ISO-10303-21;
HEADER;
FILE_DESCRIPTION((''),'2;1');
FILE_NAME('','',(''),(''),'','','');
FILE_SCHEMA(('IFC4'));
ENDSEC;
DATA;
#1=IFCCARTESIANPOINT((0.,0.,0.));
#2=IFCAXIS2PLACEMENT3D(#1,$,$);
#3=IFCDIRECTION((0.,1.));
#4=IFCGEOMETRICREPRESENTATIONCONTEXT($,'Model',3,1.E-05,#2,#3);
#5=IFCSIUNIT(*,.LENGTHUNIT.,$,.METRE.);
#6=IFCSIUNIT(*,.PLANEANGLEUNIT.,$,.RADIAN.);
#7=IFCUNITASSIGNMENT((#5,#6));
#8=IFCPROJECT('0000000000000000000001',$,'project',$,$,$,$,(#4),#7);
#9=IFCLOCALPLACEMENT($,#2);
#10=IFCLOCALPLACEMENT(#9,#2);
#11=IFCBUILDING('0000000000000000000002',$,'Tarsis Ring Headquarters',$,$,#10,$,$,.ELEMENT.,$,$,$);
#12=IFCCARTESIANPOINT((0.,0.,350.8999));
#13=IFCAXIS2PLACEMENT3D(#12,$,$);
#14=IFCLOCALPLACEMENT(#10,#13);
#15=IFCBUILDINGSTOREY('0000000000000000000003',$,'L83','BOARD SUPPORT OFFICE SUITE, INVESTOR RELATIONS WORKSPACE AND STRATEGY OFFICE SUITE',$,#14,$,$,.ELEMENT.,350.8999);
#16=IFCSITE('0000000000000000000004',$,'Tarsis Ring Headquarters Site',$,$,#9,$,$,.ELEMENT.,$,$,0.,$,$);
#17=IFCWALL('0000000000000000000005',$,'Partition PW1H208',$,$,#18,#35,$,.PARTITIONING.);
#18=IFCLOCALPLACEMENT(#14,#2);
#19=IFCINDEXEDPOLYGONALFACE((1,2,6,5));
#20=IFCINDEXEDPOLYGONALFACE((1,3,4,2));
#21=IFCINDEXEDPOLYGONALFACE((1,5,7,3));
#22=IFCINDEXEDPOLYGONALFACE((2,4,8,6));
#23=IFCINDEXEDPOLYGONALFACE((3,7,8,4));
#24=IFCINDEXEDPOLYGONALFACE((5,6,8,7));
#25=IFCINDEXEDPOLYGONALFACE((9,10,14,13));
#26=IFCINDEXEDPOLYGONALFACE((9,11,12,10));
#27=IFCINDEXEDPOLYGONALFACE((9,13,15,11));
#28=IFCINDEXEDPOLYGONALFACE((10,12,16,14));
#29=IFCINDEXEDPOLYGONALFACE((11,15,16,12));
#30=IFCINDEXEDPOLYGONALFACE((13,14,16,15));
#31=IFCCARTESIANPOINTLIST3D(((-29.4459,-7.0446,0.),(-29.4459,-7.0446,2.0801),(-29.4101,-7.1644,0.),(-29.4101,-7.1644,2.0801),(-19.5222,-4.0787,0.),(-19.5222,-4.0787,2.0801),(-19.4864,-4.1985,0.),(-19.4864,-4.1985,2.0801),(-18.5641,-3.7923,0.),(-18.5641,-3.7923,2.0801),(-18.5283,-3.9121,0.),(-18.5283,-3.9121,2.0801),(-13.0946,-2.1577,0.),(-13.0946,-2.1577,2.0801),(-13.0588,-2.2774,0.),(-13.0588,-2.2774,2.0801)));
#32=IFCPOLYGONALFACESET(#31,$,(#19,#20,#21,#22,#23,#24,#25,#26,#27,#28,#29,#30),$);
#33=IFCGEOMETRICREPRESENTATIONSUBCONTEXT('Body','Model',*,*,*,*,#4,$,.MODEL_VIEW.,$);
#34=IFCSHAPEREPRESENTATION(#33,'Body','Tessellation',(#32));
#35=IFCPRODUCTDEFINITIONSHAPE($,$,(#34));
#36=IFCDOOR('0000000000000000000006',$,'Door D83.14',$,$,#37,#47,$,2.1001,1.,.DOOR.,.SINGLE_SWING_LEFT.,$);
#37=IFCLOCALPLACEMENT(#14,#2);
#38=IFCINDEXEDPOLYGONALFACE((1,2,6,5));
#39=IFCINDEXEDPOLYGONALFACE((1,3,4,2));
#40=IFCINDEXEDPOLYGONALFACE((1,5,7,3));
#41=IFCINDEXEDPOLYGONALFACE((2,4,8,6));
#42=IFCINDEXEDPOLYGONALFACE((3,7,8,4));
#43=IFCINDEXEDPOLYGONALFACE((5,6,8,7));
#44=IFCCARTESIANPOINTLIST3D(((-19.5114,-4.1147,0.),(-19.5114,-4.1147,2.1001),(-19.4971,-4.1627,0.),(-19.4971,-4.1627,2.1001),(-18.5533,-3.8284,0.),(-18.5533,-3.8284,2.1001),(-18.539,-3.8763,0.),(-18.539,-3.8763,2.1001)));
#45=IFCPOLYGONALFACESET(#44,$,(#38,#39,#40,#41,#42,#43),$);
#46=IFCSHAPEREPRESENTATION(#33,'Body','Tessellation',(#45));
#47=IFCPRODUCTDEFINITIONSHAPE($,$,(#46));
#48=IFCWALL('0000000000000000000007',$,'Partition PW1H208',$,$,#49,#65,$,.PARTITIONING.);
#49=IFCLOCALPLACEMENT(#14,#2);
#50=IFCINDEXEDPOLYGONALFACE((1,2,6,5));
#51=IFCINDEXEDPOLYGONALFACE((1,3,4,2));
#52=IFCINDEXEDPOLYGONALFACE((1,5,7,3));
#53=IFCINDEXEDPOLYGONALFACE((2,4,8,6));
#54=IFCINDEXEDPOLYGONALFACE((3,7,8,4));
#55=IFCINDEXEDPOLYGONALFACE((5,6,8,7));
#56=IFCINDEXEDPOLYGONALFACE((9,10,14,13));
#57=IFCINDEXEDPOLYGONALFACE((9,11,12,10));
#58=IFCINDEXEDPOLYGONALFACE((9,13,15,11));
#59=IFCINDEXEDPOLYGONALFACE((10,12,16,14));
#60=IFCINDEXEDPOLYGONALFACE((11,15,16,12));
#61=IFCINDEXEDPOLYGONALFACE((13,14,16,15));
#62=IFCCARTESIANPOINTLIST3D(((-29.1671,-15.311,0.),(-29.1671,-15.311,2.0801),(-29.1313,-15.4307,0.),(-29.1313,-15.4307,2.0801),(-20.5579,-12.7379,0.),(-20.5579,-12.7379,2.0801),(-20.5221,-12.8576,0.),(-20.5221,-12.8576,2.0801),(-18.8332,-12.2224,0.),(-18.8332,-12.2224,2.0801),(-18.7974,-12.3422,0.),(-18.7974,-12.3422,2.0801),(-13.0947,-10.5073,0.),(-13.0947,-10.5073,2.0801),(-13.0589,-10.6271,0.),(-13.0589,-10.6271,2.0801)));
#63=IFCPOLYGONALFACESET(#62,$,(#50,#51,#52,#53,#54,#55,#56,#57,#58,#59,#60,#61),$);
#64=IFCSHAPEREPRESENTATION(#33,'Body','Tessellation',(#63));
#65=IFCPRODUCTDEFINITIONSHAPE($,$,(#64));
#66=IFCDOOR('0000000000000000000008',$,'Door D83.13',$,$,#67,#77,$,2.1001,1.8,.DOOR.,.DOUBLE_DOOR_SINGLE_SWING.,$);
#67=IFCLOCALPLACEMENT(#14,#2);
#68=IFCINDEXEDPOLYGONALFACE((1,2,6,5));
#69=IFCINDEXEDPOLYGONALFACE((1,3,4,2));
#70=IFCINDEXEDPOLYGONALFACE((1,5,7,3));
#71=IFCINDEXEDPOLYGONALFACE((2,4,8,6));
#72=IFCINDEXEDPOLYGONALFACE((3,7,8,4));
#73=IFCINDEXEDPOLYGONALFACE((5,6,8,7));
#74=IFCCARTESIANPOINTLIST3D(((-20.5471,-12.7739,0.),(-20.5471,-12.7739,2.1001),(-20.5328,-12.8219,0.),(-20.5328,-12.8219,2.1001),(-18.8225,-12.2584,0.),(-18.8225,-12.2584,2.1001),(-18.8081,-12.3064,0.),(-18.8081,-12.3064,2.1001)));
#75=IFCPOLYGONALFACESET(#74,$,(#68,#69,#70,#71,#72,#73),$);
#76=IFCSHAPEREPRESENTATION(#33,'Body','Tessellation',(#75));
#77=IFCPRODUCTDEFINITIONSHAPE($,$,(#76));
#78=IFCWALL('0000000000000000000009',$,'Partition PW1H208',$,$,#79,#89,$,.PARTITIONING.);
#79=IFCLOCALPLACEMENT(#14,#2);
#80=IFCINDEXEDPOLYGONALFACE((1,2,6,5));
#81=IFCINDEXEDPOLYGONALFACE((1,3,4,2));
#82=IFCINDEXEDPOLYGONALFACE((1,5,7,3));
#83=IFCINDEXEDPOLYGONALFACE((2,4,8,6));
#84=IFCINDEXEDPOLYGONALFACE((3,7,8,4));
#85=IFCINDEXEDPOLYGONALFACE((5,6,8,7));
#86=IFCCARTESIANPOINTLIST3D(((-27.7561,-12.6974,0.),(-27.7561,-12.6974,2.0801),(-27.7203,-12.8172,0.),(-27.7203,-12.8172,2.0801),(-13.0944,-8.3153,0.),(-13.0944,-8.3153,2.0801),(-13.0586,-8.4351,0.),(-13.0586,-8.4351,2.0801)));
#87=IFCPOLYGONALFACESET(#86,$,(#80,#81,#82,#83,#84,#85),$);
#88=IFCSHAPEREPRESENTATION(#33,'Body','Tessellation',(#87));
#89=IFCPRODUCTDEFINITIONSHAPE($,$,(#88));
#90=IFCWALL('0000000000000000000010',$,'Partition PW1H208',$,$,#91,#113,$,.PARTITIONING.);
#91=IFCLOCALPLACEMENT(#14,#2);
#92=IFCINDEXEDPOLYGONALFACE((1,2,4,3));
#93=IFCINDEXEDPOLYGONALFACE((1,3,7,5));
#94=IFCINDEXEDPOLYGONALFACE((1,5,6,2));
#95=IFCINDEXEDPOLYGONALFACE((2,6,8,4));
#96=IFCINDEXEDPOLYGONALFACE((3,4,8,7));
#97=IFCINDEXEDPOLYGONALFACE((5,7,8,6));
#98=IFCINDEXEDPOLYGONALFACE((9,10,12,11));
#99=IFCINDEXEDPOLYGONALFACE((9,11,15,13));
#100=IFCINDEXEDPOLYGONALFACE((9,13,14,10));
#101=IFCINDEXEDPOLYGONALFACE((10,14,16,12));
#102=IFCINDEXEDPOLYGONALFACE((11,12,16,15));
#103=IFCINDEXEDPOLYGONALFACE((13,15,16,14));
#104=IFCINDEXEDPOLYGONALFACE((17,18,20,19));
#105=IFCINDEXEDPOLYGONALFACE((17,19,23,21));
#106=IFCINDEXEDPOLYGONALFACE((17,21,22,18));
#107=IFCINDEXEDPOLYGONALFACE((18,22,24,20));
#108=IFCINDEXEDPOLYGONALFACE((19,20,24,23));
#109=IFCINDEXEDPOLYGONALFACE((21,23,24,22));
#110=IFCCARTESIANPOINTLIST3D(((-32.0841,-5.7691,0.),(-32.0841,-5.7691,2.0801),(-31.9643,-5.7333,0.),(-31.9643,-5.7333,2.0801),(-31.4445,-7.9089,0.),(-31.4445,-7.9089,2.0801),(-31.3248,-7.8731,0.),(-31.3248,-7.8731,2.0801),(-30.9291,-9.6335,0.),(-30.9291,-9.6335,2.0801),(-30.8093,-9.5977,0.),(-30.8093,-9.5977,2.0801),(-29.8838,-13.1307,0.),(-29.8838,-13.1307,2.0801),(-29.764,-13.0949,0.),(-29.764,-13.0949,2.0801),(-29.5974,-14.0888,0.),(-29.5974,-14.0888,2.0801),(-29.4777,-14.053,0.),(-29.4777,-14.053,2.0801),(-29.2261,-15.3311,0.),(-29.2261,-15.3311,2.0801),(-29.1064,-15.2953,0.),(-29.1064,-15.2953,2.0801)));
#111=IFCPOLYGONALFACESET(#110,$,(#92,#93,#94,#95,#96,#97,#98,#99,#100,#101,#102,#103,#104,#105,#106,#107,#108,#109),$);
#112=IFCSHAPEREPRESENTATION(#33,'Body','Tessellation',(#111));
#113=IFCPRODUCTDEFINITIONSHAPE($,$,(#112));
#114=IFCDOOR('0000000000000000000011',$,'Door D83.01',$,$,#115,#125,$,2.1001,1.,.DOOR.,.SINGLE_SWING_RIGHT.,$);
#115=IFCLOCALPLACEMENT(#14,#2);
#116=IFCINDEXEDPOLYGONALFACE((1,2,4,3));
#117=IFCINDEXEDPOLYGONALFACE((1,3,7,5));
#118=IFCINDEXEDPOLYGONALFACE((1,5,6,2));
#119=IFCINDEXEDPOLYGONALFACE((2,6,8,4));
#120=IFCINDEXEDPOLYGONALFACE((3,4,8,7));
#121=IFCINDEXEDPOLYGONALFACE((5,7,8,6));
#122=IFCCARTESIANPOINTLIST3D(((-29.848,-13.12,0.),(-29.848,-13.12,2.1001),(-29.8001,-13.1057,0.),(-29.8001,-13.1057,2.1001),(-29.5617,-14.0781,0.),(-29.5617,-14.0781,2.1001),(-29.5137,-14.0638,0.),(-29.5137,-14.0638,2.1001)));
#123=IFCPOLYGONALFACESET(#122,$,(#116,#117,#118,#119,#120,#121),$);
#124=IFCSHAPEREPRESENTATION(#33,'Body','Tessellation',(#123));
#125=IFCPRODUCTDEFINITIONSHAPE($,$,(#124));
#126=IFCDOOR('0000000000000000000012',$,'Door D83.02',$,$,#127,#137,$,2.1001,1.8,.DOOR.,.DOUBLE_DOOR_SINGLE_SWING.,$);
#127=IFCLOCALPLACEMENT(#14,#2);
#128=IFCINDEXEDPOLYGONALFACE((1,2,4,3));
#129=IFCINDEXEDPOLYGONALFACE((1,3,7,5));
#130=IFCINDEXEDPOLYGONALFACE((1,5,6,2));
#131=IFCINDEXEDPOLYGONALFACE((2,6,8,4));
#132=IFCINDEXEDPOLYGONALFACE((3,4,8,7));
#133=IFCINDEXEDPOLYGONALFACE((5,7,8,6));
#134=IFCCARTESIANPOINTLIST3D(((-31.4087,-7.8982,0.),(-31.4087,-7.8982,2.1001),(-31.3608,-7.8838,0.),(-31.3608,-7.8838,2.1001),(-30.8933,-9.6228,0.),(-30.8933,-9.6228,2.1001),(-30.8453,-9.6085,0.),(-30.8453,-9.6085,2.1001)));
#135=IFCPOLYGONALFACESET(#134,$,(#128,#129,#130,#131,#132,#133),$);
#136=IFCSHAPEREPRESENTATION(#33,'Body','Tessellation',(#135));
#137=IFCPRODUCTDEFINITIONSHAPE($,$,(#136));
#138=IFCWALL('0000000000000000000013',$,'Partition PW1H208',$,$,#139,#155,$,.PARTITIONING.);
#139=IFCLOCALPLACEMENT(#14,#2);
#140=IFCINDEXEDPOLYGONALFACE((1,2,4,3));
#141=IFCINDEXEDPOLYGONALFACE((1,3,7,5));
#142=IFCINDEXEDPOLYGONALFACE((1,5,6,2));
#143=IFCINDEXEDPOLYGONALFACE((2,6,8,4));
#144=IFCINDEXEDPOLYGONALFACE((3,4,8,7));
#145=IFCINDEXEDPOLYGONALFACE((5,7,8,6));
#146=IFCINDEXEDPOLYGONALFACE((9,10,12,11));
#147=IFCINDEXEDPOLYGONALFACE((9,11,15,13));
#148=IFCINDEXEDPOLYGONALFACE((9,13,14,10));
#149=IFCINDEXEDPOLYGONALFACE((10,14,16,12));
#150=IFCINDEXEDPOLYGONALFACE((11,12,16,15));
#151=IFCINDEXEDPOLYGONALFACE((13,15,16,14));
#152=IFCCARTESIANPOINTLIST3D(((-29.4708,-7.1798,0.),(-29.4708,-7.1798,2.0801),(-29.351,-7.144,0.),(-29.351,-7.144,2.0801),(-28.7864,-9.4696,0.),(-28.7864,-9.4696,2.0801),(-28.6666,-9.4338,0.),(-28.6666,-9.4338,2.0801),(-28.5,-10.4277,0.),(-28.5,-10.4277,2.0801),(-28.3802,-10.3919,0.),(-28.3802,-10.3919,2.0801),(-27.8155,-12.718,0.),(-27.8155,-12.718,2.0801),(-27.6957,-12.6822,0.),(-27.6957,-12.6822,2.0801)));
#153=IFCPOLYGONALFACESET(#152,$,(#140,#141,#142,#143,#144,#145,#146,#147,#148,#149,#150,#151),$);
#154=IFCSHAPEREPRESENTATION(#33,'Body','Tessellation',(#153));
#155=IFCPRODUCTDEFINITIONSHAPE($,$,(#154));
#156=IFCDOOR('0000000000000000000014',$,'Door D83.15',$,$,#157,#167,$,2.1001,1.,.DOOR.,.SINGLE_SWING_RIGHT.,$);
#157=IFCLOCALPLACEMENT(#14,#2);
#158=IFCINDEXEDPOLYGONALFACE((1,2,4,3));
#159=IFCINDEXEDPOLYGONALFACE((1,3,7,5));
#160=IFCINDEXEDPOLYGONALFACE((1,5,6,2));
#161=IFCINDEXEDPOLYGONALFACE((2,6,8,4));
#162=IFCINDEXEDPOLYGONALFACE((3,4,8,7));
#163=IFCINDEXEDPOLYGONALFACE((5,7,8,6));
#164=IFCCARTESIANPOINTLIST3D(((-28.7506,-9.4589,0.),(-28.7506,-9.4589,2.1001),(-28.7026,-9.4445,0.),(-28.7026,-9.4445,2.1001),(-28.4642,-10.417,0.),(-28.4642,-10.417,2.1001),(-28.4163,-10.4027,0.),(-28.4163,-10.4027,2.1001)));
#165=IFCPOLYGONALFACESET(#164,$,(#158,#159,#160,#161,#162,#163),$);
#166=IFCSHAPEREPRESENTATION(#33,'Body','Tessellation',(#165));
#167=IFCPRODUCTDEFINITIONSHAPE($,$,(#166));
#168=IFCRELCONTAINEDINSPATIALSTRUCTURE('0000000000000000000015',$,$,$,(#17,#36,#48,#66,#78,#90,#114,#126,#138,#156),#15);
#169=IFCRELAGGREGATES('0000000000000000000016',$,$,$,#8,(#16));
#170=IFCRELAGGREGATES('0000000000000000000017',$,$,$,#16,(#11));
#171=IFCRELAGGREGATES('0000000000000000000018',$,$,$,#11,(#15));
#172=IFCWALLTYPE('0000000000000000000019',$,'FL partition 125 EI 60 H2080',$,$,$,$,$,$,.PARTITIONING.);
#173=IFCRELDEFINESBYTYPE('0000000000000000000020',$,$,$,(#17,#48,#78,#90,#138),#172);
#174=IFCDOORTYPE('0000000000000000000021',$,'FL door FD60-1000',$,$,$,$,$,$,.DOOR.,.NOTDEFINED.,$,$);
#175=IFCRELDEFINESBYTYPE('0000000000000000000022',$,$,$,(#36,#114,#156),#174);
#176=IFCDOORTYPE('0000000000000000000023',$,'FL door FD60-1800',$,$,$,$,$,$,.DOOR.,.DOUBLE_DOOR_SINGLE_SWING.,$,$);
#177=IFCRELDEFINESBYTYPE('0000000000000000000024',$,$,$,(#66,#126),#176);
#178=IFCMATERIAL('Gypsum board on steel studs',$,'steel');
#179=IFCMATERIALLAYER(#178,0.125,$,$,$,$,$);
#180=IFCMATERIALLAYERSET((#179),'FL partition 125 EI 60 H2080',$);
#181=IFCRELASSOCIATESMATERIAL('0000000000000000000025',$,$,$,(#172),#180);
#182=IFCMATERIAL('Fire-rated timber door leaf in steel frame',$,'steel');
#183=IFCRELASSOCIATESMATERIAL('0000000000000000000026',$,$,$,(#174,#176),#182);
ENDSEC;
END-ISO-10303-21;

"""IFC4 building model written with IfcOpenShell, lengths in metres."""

from ifc_helpers import new_model, si_unit, direction, frame, frame_2d, origin, place, context, subcontext, project, spatial, rectangle, extrude, material, layer, layer_set, type_object, element, fill, save


model = new_model("IFC4")

# Units and contexts
model_context = context("Model", 3, precision=1e-05, world=origin(), true_north=direction((0.0, 1.0)))
body_context = subcontext(model_context, "Body", "Model", "MODEL_VIEW")
ifc_project = project(units=[si_unit("LENGTHUNIT", "METRE"), si_unit("PLANEANGLEUNIT", "RADIAN")], contexts=[model_context])

# Site, building, storey
site_placement = place(None, origin())
site = spatial("IfcSite", under=ifc_project, at=site_placement, Name="Tarsis Ring Headquarters Site", CompositionType="ELEMENT", RefElevation=0.0)
building_placement = place(site_placement, origin())
building = spatial("IfcBuilding", under=site, at=building_placement, Name="Tarsis Ring Headquarters", CompositionType="ELEMENT")
storey_placement = place(building_placement, frame((0.0, 0.0, 350.8999)))
storey = spatial("IfcBuildingStorey", under=building, at=storey_placement, Name="L83", Description="BOARD SUPPORT OFFICE SUITE, INVESTOR RELATIONS WORKSPACE AND STRATEGY OFFICE SUITE", CompositionType="ELEMENT", Elevation=350.8999)

# Shared definitions
ifc_material_1 = material(Name="Gypsum board on steel studs", Category="steel")
ifc_layer_1 = layer(ifc_material_1, 0.125)
ifc_layer_set_1 = layer_set([ifc_layer_1], Name="FL partition 125 EI 60 H2080")
wall_type_1 = type_object("IfcWallType", Name="FL partition 125 EI 60 H2080", PredefinedType="PARTITIONING", material=ifc_layer_set_1)

# Walls, openings, doors
wall_1_placement = place(storey_placement, frame((-29.428, -7.1045, 0.0), z_axis=(0.0, 0.0, 1.0), x_axis=(0.958123, 0.286357, 0.0)))
wall_1 = element("IfcWall", 1, at=wall_1_placement, inside=storey, type_object=wall_type_1, Name="Partition PW1H208", PredefinedType="PARTITIONING", context=body_context, shape_type="SweptSolid", body=[
    extrude(rectangle(XDim=17.0659, YDim=0.125, at=frame_2d((8.533, 0.0))), origin(), (0.0, 0.0, 1.0), 2.0801),
])
opening_1_placement = place(wall_1_placement, frame((10.3574, 0.0, 0.0)))
opening_1 = element("IfcOpeningElement", 2, at=opening_1_placement, cuts=wall_1, PredefinedType="OPENING", context=body_context, shape_type="SweptSolid", body=[
    extrude(rectangle(XDim=1.0, YDim=2.1001, at=frame_2d((0.5, 1.05))), frame((0.0, 0.0725, 0.0), z_axis=(0.0, -1.0, 0.0), x_axis=(1.0, 0.0, 0.0)), (0.0, 0.0, 1.0), 0.145),
])
ifc_material_2 = material(Name="Fire-rated timber door leaf in steel frame", Category="steel")
door_type_1 = type_object("IfcDoorType", Name="FL door FD60-1000", OperationType="NOTDEFINED", PredefinedType="DOOR", material=ifc_material_2)
door_1_placement = place(opening_1_placement, origin())
door_1 = element("IfcDoor", 3, at=door_1_placement, inside=storey, type_object=door_type_1, Name="Door D83.14", OperationType="SINGLE_SWING_LEFT", OverallHeight=2.1001, OverallWidth=1.0, PredefinedType="DOOR", context=body_context, shape_type="SweptSolid", body=[
    extrude(rectangle(XDim=1.0, YDim=2.1001, at=frame_2d((0.5, 1.05))), frame((0.0, 0.0249, 0.0), z_axis=(0.0, -1.0, 0.0), x_axis=(1.0, 0.0, 0.0)), (0.0, 0.0, 1.0), 0.05),
])
fill(opening_1, door_1)
wall_2_placement = place(storey_placement, frame((-29.1492, -15.3708, 0.0), z_axis=(0.0, 0.0, 1.0), x_axis=(0.958122, 0.286361, 0.0)))
wall_2 = element("IfcWall", 4, at=wall_2_placement, inside=storey, type_object=wall_type_1, Name="Partition PW1H208", PredefinedType="PARTITIONING", context=body_context, shape_type="SweptSolid", body=[
    extrude(rectangle(XDim=16.7749, YDim=0.125, at=frame_2d((8.3875, 0.0))), origin(), (0.0, 0.0, 1.0), 2.0801),
])
opening_2_placement = place(wall_2_placement, frame((8.9856, 0.0, 0.0)))
opening_2 = element("IfcOpeningElement", 5, at=opening_2_placement, cuts=wall_2, PredefinedType="OPENING", context=body_context, shape_type="SweptSolid", body=[
    extrude(rectangle(XDim=1.8, YDim=2.1001, at=frame_2d((0.8999, 1.05))), frame((0.0, 0.0725, 0.0), z_axis=(0.0, -1.0, 0.0), x_axis=(1.0, 0.0, 0.0)), (0.0, 0.0, 1.0), 0.145),
])
door_type_2 = type_object("IfcDoorType", Name="FL door FD60-1800", OperationType="DOUBLE_DOOR_SINGLE_SWING", PredefinedType="DOOR", material=ifc_material_2)
door_2_placement = place(opening_2_placement, origin())
door_2 = element("IfcDoor", 6, at=door_2_placement, inside=storey, type_object=door_type_2, Name="Door D83.13", OperationType="DOUBLE_DOOR_SINGLE_SWING", OverallHeight=2.1001, OverallWidth=1.8, PredefinedType="DOOR", context=body_context, shape_type="SweptSolid", body=[
    extrude(rectangle(XDim=1.8, YDim=2.1001, at=frame_2d((0.8999, 1.05))), frame((0.0, 0.0249, 0.0), z_axis=(0.0, -1.0, 0.0), x_axis=(1.0, 0.0, 0.0)), (0.0, 0.0, 1.0), 0.05),
])
fill(opening_2, door_2)

# Wall
wall_3_placement = place(storey_placement, frame((-27.7383, -12.7573, 0.0), z_axis=(0.0, 0.0, 1.0), x_axis=(0.958121, 0.286364, 0.0)))
element("IfcWall", 7, at=wall_3_placement, inside=storey, type_object=wall_type_1, Name="Partition PW1H208", PredefinedType="PARTITIONING", context=body_context, shape_type="SweptSolid", body=[
    extrude(rectangle(XDim=15.3025, YDim=0.125, at=frame_2d((7.6514, 0.0))), origin(), (0.0, 0.0, 1.0), 2.0801),
])

# Wall, openings, doors
wall_4_placement = place(storey_placement, frame((-32.0242, -5.7512, 0.0), z_axis=(0.0, 0.0, 1.0), x_axis=(0.286365, -0.958121, 0.0)))
wall_4 = element("IfcWall", 8, at=wall_4_placement, inside=storey, type_object=wall_type_1, Name="Partition PW1H208", PredefinedType="PARTITIONING", context=body_context, shape_type="SweptSolid", body=[
    extrude(rectangle(XDim=9.98, YDim=0.125, at=frame_2d((4.99, 0.0))), origin(), (0.0, 0.0, 1.0), 2.0801),
])
opening_3_placement = place(wall_4_placement, frame((7.6833, 0.0, 0.0)))
opening_3 = element("IfcOpeningElement", 9, at=opening_3_placement, cuts=wall_4, PredefinedType="OPENING", context=body_context, shape_type="SweptSolid", body=[
    extrude(rectangle(XDim=1.0, YDim=2.1001, at=frame_2d((0.5, 1.05))), frame((0.0, 0.0725, 0.0), z_axis=(0.0, -1.0, 0.0), x_axis=(1.0, 0.0, 0.0)), (0.0, 0.0, 1.0), 0.145),
])
opening_4_placement = place(wall_4_placement, frame((2.2334, 0.0, 0.0)))
opening_4 = element("IfcOpeningElement", 10, at=opening_4_placement, cuts=wall_4, PredefinedType="OPENING", context=body_context, shape_type="SweptSolid", body=[
    extrude(rectangle(XDim=1.8, YDim=2.1001, at=frame_2d((0.8999, 1.05))), frame((0.0, 0.0725, 0.0), z_axis=(0.0, -1.0, 0.0), x_axis=(1.0, 0.0, 0.0)), (0.0, 0.0, 1.0), 0.145),
])
door_3_placement = place(opening_3_placement, origin())
door_3 = element("IfcDoor", 11, at=door_3_placement, inside=storey, type_object=door_type_1, Name="Door D83.01", OperationType="SINGLE_SWING_RIGHT", OverallHeight=2.1001, OverallWidth=1.0, PredefinedType="DOOR", context=body_context, shape_type="SweptSolid", body=[
    extrude(rectangle(XDim=1.0, YDim=2.1001, at=frame_2d((0.5, 1.05))), frame((0.0, 0.0249, 0.0), z_axis=(0.0, -1.0, 0.0), x_axis=(1.0, 0.0, 0.0)), (0.0, 0.0, 1.0), 0.05),
])
fill(opening_3, door_3)
door_4_placement = place(opening_4_placement, origin())
door_4 = element("IfcDoor", 12, at=door_4_placement, inside=storey, type_object=door_type_2, Name="Door D83.02", OperationType="DOUBLE_DOOR_SINGLE_SWING", OverallHeight=2.1001, OverallWidth=1.8, PredefinedType="DOOR", context=body_context, shape_type="SweptSolid", body=[
    extrude(rectangle(XDim=1.8, YDim=2.1001, at=frame_2d((0.8999, 1.05))), frame((0.0, 0.0249, 0.0), z_axis=(0.0, -1.0, 0.0), x_axis=(1.0, 0.0, 0.0)), (0.0, 0.0, 1.0), 0.05),
])
fill(opening_4, door_4)

# Wall, opening, door
wall_5_placement = place(storey_placement, frame((-29.4109, -7.1619, 0.0), z_axis=(0.0, 0.0, 1.0), x_axis=(0.286371, -0.958119, 0.0)))
wall_5 = element("IfcWall", 13, at=wall_5_placement, inside=storey, type_object=wall_type_1, Name="Partition PW1H208", PredefinedType="PARTITIONING", context=body_context, shape_type="SweptSolid", body=[
    extrude(rectangle(XDim=5.7803, YDim=0.125, at=frame_2d((2.8901, 0.0))), origin(), (0.0, 0.0, 1.0), 2.0801),
])
opening_5_placement = place(wall_5_placement, frame((2.3899, 0.0, 0.0)))
opening_5 = element("IfcOpeningElement", 14, at=opening_5_placement, cuts=wall_5, PredefinedType="OPENING", context=body_context, shape_type="SweptSolid", body=[
    extrude(rectangle(XDim=1.0, YDim=2.1001, at=frame_2d((0.5, 1.05))), frame((0.0, 0.0725, 0.0), z_axis=(0.0, -1.0, 0.0), x_axis=(1.0, 0.0, 0.0)), (0.0, 0.0, 1.0), 0.145),
])
door_5_placement = place(opening_5_placement, origin())
door_5 = element("IfcDoor", 15, at=door_5_placement, inside=storey, type_object=door_type_1, Name="Door D83.15", OperationType="SINGLE_SWING_RIGHT", OverallHeight=2.1001, OverallWidth=1.0, PredefinedType="DOOR", context=body_context, shape_type="SweptSolid", body=[
    extrude(rectangle(XDim=1.0, YDim=2.1001, at=frame_2d((0.5, 1.05))), frame((0.0, 0.0249, 0.0), z_axis=(0.0, -1.0, 0.0), x_axis=(1.0, 0.0, 0.0)), (0.0, 0.0, 1.0), 0.05),
])
fill(opening_5, door_5)

save(model, "model.ifc")
